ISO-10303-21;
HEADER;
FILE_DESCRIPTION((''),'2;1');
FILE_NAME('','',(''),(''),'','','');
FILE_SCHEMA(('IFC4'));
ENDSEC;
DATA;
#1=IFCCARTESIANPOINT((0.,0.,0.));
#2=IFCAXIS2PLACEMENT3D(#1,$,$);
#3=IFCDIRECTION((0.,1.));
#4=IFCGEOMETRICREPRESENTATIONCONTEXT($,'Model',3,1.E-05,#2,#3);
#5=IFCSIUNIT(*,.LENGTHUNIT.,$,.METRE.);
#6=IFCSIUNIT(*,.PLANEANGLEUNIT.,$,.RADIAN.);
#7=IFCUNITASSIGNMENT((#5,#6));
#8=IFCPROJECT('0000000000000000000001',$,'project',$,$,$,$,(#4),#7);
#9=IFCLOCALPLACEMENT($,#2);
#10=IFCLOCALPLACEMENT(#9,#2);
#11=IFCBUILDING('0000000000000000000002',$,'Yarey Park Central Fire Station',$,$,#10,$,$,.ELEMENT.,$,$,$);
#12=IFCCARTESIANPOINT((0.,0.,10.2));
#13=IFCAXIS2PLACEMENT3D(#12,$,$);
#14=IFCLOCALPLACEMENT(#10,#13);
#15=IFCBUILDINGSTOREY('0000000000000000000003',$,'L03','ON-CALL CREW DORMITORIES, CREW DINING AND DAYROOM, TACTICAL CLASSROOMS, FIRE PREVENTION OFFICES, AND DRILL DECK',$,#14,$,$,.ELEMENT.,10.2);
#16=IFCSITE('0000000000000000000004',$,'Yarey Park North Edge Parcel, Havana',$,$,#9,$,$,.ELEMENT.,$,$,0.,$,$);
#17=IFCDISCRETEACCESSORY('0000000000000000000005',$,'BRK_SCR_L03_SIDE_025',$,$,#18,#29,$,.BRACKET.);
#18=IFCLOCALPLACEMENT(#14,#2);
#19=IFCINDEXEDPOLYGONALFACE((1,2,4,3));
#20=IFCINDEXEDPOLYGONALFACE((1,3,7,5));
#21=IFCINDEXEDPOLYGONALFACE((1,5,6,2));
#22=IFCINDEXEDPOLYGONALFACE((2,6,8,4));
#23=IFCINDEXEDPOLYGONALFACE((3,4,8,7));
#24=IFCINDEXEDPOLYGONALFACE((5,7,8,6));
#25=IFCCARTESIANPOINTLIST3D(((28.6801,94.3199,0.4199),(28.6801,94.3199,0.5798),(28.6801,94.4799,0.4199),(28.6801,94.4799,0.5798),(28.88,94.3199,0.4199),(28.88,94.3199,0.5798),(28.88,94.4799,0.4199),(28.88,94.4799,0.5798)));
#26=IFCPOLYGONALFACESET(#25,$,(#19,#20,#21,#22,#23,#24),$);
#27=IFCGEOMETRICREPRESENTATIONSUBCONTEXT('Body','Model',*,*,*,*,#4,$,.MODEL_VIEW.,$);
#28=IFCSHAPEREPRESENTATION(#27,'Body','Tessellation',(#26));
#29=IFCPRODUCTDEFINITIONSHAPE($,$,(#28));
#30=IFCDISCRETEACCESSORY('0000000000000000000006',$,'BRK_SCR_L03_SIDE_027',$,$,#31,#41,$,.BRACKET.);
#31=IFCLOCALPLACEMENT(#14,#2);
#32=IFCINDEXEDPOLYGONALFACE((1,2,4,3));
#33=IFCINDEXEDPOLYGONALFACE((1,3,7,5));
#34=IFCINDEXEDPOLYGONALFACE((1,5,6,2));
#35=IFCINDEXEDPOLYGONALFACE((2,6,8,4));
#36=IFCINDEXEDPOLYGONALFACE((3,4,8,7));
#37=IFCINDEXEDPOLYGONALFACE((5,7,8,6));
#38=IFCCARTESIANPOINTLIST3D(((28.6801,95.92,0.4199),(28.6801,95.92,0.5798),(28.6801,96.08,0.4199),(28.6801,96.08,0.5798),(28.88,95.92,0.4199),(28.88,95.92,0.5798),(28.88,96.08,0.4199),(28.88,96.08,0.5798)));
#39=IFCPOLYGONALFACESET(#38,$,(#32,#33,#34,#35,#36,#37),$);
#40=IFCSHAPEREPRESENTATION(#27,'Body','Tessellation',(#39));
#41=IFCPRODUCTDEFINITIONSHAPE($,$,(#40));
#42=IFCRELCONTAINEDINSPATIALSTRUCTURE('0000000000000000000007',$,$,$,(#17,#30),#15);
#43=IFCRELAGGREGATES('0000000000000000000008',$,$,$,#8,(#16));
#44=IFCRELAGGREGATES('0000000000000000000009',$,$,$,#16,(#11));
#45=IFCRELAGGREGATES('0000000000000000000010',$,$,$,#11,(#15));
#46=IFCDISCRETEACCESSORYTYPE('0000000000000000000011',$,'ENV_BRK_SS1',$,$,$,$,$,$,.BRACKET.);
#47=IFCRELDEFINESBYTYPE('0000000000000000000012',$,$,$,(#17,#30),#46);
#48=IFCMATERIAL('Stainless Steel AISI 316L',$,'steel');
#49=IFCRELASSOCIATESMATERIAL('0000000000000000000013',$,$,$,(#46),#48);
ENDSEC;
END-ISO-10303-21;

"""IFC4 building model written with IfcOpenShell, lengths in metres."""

from ifc_helpers import new_model, si_unit, direction, frame, origin, origin_2d, place, context, subcontext, project, spatial, rectangle, extrude, material, type_object, element, save


model = new_model("IFC4")

# Units and contexts
model_context = context("Model", 3, precision=1e-05, world=origin(), true_north=direction((0.0, 1.0)))
body_context = subcontext(model_context, "Body", "Model", "MODEL_VIEW")
ifc_project = project(units=[si_unit("LENGTHUNIT", "METRE"), si_unit("PLANEANGLEUNIT", "RADIAN")], contexts=[model_context])

# Site, building, storey
site_placement = place(None, origin())
site = spatial("IfcSite", under=ifc_project, at=site_placement, Name="Yarey Park North Edge Parcel, Havana", CompositionType="ELEMENT", RefElevation=0.0)
building_placement = place(site_placement, origin())
building = spatial("IfcBuilding", under=site, at=building_placement, Name="Yarey Park Central Fire Station", CompositionType="ELEMENT")
storey_placement = place(building_placement, frame((0.0, 0.0, 10.2)))
storey = spatial("IfcBuildingStorey", under=building, at=storey_placement, Name="L03", Description="ON-CALL CREW DORMITORIES, CREW DINING AND DAYROOM, TACTICAL CLASSROOMS, FIRE PREVENTION OFFICES, AND DRILL DECK", CompositionType="ELEMENT", Elevation=10.2)

# Discrete accessories
ifc_material_1 = material(Name="Stainless Steel AISI 316L", Category="steel")
discrete_accessory_type = type_object("IfcDiscreteAccessoryType", Name="ENV_BRK_SS1", PredefinedType="BRACKET", material=ifc_material_1)
for number, where, z_axis, x_axis, name in (
    (1, (28.78, 94.3999, 0.4199), (0.0, 0.0, 1.0), (1.0, 0.0, 0.0), "BRK_SCR_L03_SIDE_025"),
    (2, (28.78, 96.0, 0.4199), (0.0, 0.0, 1.0), (1.0, 0.0, 0.0), "BRK_SCR_L03_SIDE_027"),
):
    element("IfcDiscreteAccessory", number, at=place(storey_placement, frame(where, z_axis=z_axis, x_axis=x_axis)), inside=storey, type_object=discrete_accessory_type, Name=name, PredefinedType="BRACKET", context=body_context, shape_type="SweptSolid", body=[
        extrude(rectangle(XDim=0.2, YDim=0.1599, at=origin_2d()), origin(), (0.0, 0.0, 1.0), 0.1599),
    ])

save(model, "model.ifc")
